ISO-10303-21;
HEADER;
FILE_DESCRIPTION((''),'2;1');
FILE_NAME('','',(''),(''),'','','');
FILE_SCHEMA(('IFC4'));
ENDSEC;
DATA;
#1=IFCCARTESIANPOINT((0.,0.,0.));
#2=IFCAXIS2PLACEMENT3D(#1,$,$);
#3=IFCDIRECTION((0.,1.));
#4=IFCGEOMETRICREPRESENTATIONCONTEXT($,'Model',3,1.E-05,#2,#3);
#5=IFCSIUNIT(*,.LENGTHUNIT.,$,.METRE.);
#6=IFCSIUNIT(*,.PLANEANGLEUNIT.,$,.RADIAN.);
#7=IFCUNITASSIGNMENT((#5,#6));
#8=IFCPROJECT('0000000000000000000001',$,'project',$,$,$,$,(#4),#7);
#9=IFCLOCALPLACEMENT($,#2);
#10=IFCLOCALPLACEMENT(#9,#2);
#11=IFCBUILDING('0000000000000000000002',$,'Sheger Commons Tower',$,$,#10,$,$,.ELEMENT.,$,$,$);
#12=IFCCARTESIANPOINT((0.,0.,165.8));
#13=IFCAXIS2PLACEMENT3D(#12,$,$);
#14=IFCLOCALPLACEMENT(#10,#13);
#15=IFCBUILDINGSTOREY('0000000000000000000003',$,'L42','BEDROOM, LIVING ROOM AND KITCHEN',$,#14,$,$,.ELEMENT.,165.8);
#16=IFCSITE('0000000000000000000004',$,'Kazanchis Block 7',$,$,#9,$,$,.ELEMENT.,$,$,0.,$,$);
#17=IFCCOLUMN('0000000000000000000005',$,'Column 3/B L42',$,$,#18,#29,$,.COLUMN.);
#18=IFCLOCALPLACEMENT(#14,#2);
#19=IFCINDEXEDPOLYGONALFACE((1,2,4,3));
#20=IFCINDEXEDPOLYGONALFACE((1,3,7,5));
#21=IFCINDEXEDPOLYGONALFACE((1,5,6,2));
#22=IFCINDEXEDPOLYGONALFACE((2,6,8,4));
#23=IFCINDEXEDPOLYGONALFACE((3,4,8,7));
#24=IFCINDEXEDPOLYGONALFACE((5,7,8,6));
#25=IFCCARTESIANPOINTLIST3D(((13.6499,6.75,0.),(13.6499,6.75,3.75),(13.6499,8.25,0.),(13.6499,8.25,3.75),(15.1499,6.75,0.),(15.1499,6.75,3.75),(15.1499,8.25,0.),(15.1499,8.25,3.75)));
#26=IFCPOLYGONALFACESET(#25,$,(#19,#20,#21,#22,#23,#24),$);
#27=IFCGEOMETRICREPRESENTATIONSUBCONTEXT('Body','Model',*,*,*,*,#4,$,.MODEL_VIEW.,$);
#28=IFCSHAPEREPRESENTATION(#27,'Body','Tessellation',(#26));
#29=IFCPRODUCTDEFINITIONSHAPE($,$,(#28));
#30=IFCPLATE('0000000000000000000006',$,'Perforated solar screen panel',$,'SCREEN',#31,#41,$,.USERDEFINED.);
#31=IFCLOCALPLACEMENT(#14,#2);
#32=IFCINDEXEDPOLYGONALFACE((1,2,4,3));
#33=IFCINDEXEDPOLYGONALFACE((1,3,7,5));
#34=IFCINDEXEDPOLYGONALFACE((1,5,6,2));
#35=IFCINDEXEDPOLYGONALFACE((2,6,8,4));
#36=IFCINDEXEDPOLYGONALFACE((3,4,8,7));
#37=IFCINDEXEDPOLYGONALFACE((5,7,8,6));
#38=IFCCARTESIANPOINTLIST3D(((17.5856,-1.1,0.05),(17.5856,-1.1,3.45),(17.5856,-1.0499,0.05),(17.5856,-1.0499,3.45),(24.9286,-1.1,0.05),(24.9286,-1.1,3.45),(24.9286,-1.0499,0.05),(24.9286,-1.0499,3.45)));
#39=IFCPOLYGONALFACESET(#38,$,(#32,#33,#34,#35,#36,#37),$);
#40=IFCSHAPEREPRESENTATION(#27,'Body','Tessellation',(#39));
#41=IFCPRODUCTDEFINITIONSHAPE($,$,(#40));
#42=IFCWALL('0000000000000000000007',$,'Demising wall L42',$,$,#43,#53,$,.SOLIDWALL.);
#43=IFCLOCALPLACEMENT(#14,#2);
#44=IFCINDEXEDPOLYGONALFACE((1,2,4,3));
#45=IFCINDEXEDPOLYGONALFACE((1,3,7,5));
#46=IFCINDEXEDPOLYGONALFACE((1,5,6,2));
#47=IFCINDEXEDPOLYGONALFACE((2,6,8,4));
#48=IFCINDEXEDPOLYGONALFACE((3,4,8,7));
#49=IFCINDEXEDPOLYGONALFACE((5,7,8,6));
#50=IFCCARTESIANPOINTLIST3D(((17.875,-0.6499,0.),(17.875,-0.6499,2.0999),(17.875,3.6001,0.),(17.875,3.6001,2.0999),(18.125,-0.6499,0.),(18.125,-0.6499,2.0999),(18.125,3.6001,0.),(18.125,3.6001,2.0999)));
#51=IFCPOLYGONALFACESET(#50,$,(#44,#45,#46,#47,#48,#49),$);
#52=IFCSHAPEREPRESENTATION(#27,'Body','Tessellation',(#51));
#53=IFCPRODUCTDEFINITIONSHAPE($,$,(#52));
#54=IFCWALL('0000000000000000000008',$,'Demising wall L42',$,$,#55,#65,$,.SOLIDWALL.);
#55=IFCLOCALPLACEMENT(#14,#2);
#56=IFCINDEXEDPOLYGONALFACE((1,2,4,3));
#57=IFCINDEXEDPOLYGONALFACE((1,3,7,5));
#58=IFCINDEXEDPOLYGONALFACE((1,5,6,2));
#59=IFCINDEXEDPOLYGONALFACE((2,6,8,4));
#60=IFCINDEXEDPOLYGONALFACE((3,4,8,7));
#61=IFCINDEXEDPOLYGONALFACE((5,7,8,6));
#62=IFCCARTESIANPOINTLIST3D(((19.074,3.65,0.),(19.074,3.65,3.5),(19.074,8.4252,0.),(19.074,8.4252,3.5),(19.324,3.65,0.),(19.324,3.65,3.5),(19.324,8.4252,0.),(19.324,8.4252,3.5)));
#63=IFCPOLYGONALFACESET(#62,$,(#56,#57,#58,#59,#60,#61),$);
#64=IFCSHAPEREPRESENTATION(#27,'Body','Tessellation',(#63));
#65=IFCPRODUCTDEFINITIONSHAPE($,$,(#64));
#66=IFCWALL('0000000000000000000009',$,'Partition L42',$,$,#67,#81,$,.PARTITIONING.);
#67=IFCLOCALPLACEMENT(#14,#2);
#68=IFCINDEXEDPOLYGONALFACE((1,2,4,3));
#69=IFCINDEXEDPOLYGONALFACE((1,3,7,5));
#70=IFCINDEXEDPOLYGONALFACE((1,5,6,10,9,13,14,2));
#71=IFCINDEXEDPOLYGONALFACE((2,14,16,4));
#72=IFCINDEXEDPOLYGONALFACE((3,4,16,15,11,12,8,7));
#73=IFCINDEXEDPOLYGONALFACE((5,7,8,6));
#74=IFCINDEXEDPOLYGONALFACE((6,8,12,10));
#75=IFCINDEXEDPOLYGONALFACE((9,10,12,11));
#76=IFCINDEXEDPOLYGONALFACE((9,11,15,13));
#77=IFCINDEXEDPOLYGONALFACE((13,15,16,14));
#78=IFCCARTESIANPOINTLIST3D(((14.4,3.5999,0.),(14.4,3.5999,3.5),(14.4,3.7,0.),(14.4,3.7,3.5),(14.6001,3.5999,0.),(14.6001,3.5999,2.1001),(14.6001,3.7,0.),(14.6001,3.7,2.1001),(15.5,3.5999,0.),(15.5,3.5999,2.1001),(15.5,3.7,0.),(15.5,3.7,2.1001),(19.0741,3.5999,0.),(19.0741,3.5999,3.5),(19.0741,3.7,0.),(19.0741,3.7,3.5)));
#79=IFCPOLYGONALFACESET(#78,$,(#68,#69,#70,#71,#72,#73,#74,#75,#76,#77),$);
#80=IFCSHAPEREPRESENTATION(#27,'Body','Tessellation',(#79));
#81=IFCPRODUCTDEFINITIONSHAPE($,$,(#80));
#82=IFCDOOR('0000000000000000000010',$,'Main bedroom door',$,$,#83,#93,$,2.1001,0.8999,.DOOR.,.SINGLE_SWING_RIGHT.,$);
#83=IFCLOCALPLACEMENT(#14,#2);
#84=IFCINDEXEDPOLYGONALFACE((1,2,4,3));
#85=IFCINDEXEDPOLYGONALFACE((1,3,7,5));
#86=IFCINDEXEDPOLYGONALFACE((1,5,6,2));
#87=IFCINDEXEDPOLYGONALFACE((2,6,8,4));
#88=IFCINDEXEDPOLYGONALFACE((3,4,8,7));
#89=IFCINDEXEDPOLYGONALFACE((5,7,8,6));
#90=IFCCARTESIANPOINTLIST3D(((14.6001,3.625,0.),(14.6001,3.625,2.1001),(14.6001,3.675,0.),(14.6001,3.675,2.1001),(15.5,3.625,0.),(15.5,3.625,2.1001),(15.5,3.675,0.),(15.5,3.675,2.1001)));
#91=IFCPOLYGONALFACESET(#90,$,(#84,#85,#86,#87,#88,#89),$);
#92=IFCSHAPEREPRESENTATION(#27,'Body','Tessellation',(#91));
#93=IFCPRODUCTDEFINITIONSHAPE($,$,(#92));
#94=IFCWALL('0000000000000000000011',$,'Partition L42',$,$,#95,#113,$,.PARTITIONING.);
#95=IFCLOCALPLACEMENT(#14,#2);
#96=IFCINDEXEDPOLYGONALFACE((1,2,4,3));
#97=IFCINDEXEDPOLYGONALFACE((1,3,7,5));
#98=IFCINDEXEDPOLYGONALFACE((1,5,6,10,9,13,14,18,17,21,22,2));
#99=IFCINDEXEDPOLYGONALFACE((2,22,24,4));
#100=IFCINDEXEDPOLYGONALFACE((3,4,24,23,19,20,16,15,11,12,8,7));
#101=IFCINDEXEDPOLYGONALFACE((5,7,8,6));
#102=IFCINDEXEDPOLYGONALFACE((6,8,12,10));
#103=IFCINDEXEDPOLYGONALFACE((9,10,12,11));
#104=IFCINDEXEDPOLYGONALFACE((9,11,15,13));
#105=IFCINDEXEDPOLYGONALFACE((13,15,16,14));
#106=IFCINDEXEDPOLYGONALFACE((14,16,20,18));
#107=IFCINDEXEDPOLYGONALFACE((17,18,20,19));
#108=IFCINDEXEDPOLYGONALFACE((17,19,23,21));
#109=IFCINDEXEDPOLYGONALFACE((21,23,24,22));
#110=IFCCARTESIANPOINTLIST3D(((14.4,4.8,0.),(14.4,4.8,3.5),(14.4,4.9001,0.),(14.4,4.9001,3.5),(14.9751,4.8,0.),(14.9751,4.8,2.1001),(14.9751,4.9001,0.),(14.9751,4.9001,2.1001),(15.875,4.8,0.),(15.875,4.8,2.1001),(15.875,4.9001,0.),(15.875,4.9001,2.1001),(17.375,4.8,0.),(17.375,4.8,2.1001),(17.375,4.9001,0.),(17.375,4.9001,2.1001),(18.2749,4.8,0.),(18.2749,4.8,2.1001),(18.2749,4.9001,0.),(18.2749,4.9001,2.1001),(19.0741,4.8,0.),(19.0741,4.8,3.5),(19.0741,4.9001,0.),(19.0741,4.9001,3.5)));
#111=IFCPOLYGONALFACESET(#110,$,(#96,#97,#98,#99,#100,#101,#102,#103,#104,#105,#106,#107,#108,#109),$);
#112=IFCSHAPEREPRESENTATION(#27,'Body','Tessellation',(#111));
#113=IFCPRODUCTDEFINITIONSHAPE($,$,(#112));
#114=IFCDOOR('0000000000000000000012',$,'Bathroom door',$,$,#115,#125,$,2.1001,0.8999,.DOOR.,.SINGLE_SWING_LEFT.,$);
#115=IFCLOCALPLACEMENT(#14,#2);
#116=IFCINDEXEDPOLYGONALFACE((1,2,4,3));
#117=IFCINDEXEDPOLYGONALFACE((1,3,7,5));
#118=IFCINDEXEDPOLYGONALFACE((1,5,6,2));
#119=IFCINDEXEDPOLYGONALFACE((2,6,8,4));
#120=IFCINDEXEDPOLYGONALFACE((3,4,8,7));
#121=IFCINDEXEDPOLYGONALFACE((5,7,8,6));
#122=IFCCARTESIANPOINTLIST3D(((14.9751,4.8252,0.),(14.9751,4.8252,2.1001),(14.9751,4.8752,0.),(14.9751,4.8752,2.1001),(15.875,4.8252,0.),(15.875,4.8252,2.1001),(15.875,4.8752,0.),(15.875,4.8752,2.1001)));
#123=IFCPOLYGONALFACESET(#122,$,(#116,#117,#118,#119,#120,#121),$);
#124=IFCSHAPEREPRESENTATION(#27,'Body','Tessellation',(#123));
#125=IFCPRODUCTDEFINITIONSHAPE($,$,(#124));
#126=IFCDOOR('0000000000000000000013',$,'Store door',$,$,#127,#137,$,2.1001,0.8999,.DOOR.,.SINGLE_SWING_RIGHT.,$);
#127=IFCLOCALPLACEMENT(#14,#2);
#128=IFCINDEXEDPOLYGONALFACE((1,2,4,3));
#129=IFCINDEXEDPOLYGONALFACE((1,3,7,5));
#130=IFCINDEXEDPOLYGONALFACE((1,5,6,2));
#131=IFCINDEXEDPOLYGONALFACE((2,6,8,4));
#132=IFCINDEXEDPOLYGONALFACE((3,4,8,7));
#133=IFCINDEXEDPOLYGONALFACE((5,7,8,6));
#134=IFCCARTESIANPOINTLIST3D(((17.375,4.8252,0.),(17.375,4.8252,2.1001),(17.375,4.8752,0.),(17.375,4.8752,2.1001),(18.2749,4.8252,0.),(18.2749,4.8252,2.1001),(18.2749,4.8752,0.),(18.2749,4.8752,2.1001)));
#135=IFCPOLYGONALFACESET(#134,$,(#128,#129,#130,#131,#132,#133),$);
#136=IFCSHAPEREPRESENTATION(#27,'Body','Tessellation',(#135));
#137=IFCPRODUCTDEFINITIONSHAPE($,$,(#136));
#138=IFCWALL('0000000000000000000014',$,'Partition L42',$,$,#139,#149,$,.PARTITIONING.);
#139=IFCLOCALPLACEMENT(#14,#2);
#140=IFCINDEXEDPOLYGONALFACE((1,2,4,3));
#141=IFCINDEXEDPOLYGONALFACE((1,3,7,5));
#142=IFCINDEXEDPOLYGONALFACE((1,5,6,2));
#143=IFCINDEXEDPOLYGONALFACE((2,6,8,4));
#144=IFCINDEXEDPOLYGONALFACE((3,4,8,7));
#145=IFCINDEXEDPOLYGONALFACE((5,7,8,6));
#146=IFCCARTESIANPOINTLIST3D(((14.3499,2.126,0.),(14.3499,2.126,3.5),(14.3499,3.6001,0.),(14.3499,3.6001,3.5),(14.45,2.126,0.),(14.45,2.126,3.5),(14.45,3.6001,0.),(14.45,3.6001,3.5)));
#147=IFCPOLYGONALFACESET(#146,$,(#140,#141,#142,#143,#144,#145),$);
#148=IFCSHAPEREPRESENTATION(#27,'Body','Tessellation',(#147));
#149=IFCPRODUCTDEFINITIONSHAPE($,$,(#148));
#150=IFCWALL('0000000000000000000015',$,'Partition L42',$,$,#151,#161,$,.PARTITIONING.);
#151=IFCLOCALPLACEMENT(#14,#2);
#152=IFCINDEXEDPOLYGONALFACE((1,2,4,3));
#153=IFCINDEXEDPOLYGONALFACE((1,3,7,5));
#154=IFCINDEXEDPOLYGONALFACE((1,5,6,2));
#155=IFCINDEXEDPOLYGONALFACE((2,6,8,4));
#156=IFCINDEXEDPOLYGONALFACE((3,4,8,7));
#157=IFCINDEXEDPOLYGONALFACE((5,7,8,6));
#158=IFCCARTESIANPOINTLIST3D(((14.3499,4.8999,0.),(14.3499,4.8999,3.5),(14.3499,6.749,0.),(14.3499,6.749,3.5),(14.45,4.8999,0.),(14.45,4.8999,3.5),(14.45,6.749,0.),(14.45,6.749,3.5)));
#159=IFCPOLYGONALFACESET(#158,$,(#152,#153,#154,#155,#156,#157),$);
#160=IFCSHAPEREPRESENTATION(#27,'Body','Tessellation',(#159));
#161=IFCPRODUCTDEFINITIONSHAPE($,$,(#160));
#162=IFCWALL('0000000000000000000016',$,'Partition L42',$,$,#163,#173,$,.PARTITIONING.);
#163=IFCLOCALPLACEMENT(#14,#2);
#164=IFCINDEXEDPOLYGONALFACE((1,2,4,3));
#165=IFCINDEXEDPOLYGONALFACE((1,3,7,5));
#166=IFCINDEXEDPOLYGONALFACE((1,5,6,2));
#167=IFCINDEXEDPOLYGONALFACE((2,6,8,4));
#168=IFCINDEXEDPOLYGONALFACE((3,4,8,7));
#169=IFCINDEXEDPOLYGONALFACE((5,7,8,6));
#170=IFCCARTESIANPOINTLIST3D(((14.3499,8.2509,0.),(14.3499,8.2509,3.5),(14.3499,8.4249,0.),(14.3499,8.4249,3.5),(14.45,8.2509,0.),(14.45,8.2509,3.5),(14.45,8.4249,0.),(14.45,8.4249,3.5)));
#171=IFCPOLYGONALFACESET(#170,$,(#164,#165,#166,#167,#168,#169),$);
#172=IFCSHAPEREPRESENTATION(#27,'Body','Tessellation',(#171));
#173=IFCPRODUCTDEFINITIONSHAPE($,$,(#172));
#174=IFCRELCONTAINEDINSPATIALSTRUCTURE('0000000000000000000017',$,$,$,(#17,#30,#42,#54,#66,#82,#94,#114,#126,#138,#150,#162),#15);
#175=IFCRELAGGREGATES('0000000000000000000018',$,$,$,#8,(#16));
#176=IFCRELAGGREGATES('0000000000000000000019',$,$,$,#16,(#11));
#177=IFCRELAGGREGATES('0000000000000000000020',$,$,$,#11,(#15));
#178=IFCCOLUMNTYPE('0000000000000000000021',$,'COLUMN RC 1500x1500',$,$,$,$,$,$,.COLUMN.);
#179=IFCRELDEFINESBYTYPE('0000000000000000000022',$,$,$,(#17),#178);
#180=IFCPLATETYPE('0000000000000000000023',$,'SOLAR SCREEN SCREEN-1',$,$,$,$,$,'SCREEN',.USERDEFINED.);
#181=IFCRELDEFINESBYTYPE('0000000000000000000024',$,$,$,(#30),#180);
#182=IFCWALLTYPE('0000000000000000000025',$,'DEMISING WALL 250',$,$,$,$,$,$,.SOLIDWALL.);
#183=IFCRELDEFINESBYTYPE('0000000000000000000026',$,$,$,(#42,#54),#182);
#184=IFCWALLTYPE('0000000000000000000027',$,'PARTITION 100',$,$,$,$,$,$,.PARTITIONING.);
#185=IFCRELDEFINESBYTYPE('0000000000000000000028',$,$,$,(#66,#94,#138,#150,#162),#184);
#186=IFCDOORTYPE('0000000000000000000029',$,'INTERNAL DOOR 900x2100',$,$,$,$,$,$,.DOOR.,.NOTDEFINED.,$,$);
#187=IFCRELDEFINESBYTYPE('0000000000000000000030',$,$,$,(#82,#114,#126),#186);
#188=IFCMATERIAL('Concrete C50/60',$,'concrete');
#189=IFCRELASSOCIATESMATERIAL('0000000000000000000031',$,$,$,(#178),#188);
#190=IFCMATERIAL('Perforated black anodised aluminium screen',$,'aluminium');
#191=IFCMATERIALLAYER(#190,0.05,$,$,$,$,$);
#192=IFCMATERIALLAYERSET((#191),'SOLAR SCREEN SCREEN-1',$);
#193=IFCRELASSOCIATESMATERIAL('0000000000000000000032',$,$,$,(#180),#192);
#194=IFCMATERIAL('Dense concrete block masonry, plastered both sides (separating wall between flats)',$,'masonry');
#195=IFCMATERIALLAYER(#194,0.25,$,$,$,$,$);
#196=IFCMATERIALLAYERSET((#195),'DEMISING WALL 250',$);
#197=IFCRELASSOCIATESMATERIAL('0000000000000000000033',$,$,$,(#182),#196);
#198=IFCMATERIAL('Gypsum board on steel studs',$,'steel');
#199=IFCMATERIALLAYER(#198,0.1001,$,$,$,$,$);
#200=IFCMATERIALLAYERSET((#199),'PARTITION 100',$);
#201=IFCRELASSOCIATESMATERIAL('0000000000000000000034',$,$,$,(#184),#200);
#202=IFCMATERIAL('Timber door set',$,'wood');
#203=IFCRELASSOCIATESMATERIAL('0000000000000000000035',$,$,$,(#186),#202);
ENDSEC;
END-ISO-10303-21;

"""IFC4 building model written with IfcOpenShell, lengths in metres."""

from ifc_helpers import new_model, si_unit, direction, frame, frame_2d, origin, origin_2d, place, context, subcontext, project, spatial, rectangle, extrude, material, layer, layer_set, material_profile, profile_set, type_object, element, fill, save


model = new_model("IFC4")

# Units and contexts
model_context = context("Model", 3, precision=1e-05, world=origin(), true_north=direction((0.0, 1.0)))
body_context = subcontext(model_context, "Body", "Model", "MODEL_VIEW")
ifc_project = project(units=[si_unit("LENGTHUNIT", "METRE"), si_unit("PLANEANGLEUNIT", "RADIAN")], contexts=[model_context])

# Site, building, storey
site_placement = place(None, origin())
site = spatial("IfcSite", under=ifc_project, at=site_placement, Name="Kazanchis Block 7", CompositionType="ELEMENT", RefElevation=0.0)
building_placement = place(site_placement, origin())
building = spatial("IfcBuilding", under=site, at=building_placement, Name="Sheger Commons Tower", CompositionType="ELEMENT")
storey_placement = place(building_placement, frame((0.0, 0.0, 165.8)))
storey = spatial("IfcBuildingStorey", under=building, at=storey_placement, Name="L42", Description="BEDROOM, LIVING ROOM AND KITCHEN", CompositionType="ELEMENT", Elevation=165.8)

# Column
ifc_material_1 = material(Name="Concrete C50/60", Category="concrete")
ifc_material_profile = material_profile(ifc_material_1, rectangle(XDim=1.5, YDim=1.5, at=origin_2d()), Name="RC 1500x1500")
ifc_profile_set = profile_set([ifc_material_profile], Name="Concrete C50/60")
column_type = type_object("IfcColumnType", Name="COLUMN RC 1500x1500", PredefinedType="COLUMN", material=ifc_profile_set)
column_placement = place(storey_placement, frame((14.3999, 7.5, 0.0), z_axis=(0.0, 0.0, 1.0), x_axis=(1.0, 0.0, 0.0)))
element("IfcColumn", 1, at=column_placement, inside=storey, type_object=column_type, Name="Column 3/B L42", PredefinedType="COLUMN", context=body_context, shape_type="SweptSolid", body=[
    extrude(rectangle(XDim=1.5, YDim=1.5, at=origin_2d()), origin(), (0.0, 0.0, 1.0), 3.75),
])

# Plate
ifc_material_2 = material(Name="Perforated black anodised aluminium screen", Category="aluminium")
ifc_layer_1 = layer(ifc_material_2, 0.05)
ifc_layer_set_1 = layer_set([ifc_layer_1], Name="SOLAR SCREEN SCREEN-1")
plate_type = type_object("IfcPlateType", Name="SOLAR SCREEN SCREEN-1", ElementType="SCREEN", PredefinedType="USERDEFINED", material=ifc_layer_set_1)
plate_placement = place(storey_placement, frame((21.2571, -1.075, 0.05), z_axis=(0.0, 0.0, 1.0), x_axis=(1.0, 0.0, 0.0)))
element("IfcPlate", 2, at=plate_placement, inside=storey, type_object=plate_type, Name="Perforated solar screen panel", ObjectType="SCREEN", PredefinedType="USERDEFINED", context=body_context, shape_type="SweptSolid", body=[
    extrude(rectangle(XDim=7.343, YDim=0.05, at=origin_2d()), origin(), (0.0, 0.0, 1.0), 3.3999),
])

# Walls
ifc_material_3 = material(Name="Dense concrete block masonry, plastered both sides (separating wall between flats)", Category="masonry")
ifc_layer_2 = layer(ifc_material_3, 0.25)
ifc_layer_set_2 = layer_set([ifc_layer_2], Name="DEMISING WALL 250")
wall_type_1 = type_object("IfcWallType", Name="DEMISING WALL 250", PredefinedType="SOLIDWALL", material=ifc_layer_set_2)
wall_1_placement = place(storey_placement, frame((18.0, -0.6499, 0.0), z_axis=(0.0, 0.0, 1.0), x_axis=(0.0, 1.0, 0.0)))
element("IfcWall", 3, at=wall_1_placement, inside=storey, type_object=wall_type_1, Name="Demising wall L42", PredefinedType="SOLIDWALL", context=body_context, shape_type="SweptSolid", body=[
    extrude(rectangle(XDim=4.25, YDim=0.25, at=frame_2d((2.125, 0.0))), origin(), (0.0, 0.0, 1.0), 2.0999),
])
wall_2_placement = place(storey_placement, frame((19.199, 3.6499, 0.0), z_axis=(0.0, 0.0, 1.0), x_axis=(0.0, 1.0, 0.0)))
element("IfcWall", 4, at=wall_2_placement, inside=storey, type_object=wall_type_1, Name="Demising wall L42", PredefinedType="SOLIDWALL", context=body_context, shape_type="SweptSolid", body=[
    extrude(rectangle(XDim=4.7751, YDim=0.25, at=frame_2d((2.3877, 0.0))), origin(), (0.0, 0.0, 1.0), 3.5),
])

# Wall, opening, door
ifc_material_4 = material(Name="Gypsum board on steel studs", Category="steel")
ifc_layer_3 = layer(ifc_material_4, 0.1001)
ifc_layer_set_3 = layer_set([ifc_layer_3], Name="PARTITION 100")
wall_type_2 = type_object("IfcWallType", Name="PARTITION 100", PredefinedType="PARTITIONING", material=ifc_layer_set_3)
wall_3_placement = place(storey_placement, frame((19.074, 3.6499, 0.0), z_axis=(0.0, 0.0, 1.0), x_axis=(-1.0, 0.0, 0.0)))
wall_3 = element("IfcWall", 5, at=wall_3_placement, inside=storey, type_object=wall_type_2, Name="Partition L42", PredefinedType="PARTITIONING", context=body_context, shape_type="SweptSolid", body=[
    extrude(rectangle(XDim=4.6741, YDim=0.1001, at=frame_2d((2.3369, 0.0))), origin(), (0.0, 0.0, 1.0), 3.5),
])
opening_1_placement = place(wall_3_placement, frame((3.574, 0.0, 0.0)))
opening_1 = element("IfcOpeningElement", 6, at=opening_1_placement, cuts=wall_3, PredefinedType="OPENING", context=body_context, shape_type="SweptSolid", body=[
    extrude(rectangle(XDim=0.8999, YDim=2.1001, at=frame_2d((0.45, 1.05))), frame((0.0, 0.0601, 0.0), z_axis=(0.0, -1.0, 0.0), x_axis=(1.0, 0.0, 0.0)), (0.0, 0.0, 1.0), 0.1201),
])
ifc_material_5 = material(Name="Timber door set", Category="wood")
door_type_1 = type_object("IfcDoorType", Name="INTERNAL DOOR 900x2100", OperationType="NOTDEFINED", PredefinedType="DOOR", material=ifc_material_5)
door_1_placement = place(opening_1_placement, origin())
door_1 = element("IfcDoor", 7, at=door_1_placement, inside=storey, type_object=door_type_1, Name="Main bedroom door", OperationType="SINGLE_SWING_RIGHT", OverallHeight=2.1001, OverallWidth=0.8999, PredefinedType="DOOR", context=body_context, shape_type="SweptSolid", body=[
    extrude(rectangle(XDim=0.8999, YDim=2.1001, at=frame_2d((0.45, 1.05))), frame((0.0, 0.0249, 0.0), z_axis=(0.0, -1.0, 0.0), x_axis=(1.0, 0.0, 0.0)), (0.0, 0.0, 1.0), 0.05),
])
fill(opening_1, door_1)

# Wall, openings, doors
wall_4_placement = place(storey_placement, frame((19.074, 4.8501, 0.0), z_axis=(0.0, 0.0, 1.0), x_axis=(-1.0, 0.0, 0.0)))
wall_4 = element("IfcWall", 8, at=wall_4_placement, inside=storey, type_object=wall_type_2, Name="Partition L42", PredefinedType="PARTITIONING", context=body_context, shape_type="SweptSolid", body=[
    extrude(rectangle(XDim=4.6741, YDim=0.1001, at=frame_2d((2.3369, 0.0))), origin(), (0.0, 0.0, 1.0), 3.5),
])
opening_2_placement = place(wall_4_placement, frame((3.199, 0.0, 0.0)))
opening_2 = element("IfcOpeningElement", 9, at=opening_2_placement, cuts=wall_4, PredefinedType="OPENING", context=body_context, shape_type="SweptSolid", body=[
    extrude(rectangle(XDim=0.8999, YDim=2.1001, at=frame_2d((0.45, 1.05))), frame((0.0, 0.0601, 0.0), z_axis=(0.0, -1.0, 0.0), x_axis=(1.0, 0.0, 0.0)), (0.0, 0.0, 1.0), 0.1201),
])
opening_3_placement = place(wall_4_placement, frame((0.7991, 0.0, 0.0)))
opening_3 = element("IfcOpeningElement", 10, at=opening_3_placement, cuts=wall_4, PredefinedType="OPENING", context=body_context, shape_type="SweptSolid", body=[
    extrude(rectangle(XDim=0.8999, YDim=2.1001, at=frame_2d((0.45, 1.05))), frame((0.0, 0.0601, 0.0), z_axis=(0.0, -1.0, 0.0), x_axis=(1.0, 0.0, 0.0)), (0.0, 0.0, 1.0), 0.1201),
])
door_2_placement = place(opening_2_placement, origin())
door_2 = element("IfcDoor", 11, at=door_2_placement, inside=storey, type_object=door_type_1, Name="Bathroom door", OperationType="SINGLE_SWING_LEFT", OverallHeight=2.1001, OverallWidth=0.8999, PredefinedType="DOOR", context=body_context, shape_type="SweptSolid", body=[
    extrude(rectangle(XDim=0.8999, YDim=2.1001, at=frame_2d((0.45, 1.05))), frame((0.0, 0.0249, 0.0), z_axis=(0.0, -1.0, 0.0), x_axis=(1.0, 0.0, 0.0)), (0.0, 0.0, 1.0), 0.05),
])
fill(opening_2, door_2)
door_3_placement = place(opening_3_placement, origin())
door_3 = element("IfcDoor", 12, at=door_3_placement, inside=storey, type_object=door_type_1, Name="Store door", OperationType="SINGLE_SWING_RIGHT", OverallHeight=2.1001, OverallWidth=0.8999, PredefinedType="DOOR", context=body_context, shape_type="SweptSolid", body=[
    extrude(rectangle(XDim=0.8999, YDim=2.1001, at=frame_2d((0.45, 1.05))), frame((0.0, 0.0249, 0.0), z_axis=(0.0, -1.0, 0.0), x_axis=(1.0, 0.0, 0.0)), (0.0, 0.0, 1.0), 0.05),
])
fill(opening_3, door_3)

# Walls
wall_5_placement = place(storey_placement, frame((14.3999, 2.126, 0.0), z_axis=(0.0, 0.0, 1.0), x_axis=(0.0, 1.0, 0.0)))
element("IfcWall", 13, at=wall_5_placement, inside=storey, type_object=wall_type_2, Name="Partition L42", PredefinedType="PARTITIONING", context=body_context, shape_type="SweptSolid", body=[
    extrude(rectangle(XDim=1.4741, YDim=0.1001, at=frame_2d((0.7371, 0.0))), origin(), (0.0, 0.0, 1.0), 3.5),
])
wall_6_placement = place(storey_placement, frame((14.3999, 4.8999, 0.0), z_axis=(0.0, 0.0, 1.0), x_axis=(0.0, 1.0, 0.0)))
element("IfcWall", 14, at=wall_6_placement, inside=storey, type_object=wall_type_2, Name="Partition L42", PredefinedType="PARTITIONING", context=body_context, shape_type="SweptSolid", body=[
    extrude(rectangle(XDim=1.8491, YDim=0.1001, at=frame_2d((0.9246, 0.0))), origin(), (0.0, 0.0, 1.0), 3.5),
])
wall_7_placement = place(storey_placement, frame((14.3999, 8.251, 0.0), z_axis=(0.0, 0.0, 1.0), x_axis=(0.0, 1.0, 0.0)))
element("IfcWall", 15, at=wall_7_placement, inside=storey, type_object=wall_type_2, Name="Partition L42", PredefinedType="PARTITIONING", context=body_context, shape_type="SweptSolid", body=[
    extrude(rectangle(XDim=0.1741, YDim=0.1001, at=frame_2d((0.0869, 0.0))), origin(), (0.0, 0.0, 1.0), 3.5),
])

save(model, "model.ifc")
